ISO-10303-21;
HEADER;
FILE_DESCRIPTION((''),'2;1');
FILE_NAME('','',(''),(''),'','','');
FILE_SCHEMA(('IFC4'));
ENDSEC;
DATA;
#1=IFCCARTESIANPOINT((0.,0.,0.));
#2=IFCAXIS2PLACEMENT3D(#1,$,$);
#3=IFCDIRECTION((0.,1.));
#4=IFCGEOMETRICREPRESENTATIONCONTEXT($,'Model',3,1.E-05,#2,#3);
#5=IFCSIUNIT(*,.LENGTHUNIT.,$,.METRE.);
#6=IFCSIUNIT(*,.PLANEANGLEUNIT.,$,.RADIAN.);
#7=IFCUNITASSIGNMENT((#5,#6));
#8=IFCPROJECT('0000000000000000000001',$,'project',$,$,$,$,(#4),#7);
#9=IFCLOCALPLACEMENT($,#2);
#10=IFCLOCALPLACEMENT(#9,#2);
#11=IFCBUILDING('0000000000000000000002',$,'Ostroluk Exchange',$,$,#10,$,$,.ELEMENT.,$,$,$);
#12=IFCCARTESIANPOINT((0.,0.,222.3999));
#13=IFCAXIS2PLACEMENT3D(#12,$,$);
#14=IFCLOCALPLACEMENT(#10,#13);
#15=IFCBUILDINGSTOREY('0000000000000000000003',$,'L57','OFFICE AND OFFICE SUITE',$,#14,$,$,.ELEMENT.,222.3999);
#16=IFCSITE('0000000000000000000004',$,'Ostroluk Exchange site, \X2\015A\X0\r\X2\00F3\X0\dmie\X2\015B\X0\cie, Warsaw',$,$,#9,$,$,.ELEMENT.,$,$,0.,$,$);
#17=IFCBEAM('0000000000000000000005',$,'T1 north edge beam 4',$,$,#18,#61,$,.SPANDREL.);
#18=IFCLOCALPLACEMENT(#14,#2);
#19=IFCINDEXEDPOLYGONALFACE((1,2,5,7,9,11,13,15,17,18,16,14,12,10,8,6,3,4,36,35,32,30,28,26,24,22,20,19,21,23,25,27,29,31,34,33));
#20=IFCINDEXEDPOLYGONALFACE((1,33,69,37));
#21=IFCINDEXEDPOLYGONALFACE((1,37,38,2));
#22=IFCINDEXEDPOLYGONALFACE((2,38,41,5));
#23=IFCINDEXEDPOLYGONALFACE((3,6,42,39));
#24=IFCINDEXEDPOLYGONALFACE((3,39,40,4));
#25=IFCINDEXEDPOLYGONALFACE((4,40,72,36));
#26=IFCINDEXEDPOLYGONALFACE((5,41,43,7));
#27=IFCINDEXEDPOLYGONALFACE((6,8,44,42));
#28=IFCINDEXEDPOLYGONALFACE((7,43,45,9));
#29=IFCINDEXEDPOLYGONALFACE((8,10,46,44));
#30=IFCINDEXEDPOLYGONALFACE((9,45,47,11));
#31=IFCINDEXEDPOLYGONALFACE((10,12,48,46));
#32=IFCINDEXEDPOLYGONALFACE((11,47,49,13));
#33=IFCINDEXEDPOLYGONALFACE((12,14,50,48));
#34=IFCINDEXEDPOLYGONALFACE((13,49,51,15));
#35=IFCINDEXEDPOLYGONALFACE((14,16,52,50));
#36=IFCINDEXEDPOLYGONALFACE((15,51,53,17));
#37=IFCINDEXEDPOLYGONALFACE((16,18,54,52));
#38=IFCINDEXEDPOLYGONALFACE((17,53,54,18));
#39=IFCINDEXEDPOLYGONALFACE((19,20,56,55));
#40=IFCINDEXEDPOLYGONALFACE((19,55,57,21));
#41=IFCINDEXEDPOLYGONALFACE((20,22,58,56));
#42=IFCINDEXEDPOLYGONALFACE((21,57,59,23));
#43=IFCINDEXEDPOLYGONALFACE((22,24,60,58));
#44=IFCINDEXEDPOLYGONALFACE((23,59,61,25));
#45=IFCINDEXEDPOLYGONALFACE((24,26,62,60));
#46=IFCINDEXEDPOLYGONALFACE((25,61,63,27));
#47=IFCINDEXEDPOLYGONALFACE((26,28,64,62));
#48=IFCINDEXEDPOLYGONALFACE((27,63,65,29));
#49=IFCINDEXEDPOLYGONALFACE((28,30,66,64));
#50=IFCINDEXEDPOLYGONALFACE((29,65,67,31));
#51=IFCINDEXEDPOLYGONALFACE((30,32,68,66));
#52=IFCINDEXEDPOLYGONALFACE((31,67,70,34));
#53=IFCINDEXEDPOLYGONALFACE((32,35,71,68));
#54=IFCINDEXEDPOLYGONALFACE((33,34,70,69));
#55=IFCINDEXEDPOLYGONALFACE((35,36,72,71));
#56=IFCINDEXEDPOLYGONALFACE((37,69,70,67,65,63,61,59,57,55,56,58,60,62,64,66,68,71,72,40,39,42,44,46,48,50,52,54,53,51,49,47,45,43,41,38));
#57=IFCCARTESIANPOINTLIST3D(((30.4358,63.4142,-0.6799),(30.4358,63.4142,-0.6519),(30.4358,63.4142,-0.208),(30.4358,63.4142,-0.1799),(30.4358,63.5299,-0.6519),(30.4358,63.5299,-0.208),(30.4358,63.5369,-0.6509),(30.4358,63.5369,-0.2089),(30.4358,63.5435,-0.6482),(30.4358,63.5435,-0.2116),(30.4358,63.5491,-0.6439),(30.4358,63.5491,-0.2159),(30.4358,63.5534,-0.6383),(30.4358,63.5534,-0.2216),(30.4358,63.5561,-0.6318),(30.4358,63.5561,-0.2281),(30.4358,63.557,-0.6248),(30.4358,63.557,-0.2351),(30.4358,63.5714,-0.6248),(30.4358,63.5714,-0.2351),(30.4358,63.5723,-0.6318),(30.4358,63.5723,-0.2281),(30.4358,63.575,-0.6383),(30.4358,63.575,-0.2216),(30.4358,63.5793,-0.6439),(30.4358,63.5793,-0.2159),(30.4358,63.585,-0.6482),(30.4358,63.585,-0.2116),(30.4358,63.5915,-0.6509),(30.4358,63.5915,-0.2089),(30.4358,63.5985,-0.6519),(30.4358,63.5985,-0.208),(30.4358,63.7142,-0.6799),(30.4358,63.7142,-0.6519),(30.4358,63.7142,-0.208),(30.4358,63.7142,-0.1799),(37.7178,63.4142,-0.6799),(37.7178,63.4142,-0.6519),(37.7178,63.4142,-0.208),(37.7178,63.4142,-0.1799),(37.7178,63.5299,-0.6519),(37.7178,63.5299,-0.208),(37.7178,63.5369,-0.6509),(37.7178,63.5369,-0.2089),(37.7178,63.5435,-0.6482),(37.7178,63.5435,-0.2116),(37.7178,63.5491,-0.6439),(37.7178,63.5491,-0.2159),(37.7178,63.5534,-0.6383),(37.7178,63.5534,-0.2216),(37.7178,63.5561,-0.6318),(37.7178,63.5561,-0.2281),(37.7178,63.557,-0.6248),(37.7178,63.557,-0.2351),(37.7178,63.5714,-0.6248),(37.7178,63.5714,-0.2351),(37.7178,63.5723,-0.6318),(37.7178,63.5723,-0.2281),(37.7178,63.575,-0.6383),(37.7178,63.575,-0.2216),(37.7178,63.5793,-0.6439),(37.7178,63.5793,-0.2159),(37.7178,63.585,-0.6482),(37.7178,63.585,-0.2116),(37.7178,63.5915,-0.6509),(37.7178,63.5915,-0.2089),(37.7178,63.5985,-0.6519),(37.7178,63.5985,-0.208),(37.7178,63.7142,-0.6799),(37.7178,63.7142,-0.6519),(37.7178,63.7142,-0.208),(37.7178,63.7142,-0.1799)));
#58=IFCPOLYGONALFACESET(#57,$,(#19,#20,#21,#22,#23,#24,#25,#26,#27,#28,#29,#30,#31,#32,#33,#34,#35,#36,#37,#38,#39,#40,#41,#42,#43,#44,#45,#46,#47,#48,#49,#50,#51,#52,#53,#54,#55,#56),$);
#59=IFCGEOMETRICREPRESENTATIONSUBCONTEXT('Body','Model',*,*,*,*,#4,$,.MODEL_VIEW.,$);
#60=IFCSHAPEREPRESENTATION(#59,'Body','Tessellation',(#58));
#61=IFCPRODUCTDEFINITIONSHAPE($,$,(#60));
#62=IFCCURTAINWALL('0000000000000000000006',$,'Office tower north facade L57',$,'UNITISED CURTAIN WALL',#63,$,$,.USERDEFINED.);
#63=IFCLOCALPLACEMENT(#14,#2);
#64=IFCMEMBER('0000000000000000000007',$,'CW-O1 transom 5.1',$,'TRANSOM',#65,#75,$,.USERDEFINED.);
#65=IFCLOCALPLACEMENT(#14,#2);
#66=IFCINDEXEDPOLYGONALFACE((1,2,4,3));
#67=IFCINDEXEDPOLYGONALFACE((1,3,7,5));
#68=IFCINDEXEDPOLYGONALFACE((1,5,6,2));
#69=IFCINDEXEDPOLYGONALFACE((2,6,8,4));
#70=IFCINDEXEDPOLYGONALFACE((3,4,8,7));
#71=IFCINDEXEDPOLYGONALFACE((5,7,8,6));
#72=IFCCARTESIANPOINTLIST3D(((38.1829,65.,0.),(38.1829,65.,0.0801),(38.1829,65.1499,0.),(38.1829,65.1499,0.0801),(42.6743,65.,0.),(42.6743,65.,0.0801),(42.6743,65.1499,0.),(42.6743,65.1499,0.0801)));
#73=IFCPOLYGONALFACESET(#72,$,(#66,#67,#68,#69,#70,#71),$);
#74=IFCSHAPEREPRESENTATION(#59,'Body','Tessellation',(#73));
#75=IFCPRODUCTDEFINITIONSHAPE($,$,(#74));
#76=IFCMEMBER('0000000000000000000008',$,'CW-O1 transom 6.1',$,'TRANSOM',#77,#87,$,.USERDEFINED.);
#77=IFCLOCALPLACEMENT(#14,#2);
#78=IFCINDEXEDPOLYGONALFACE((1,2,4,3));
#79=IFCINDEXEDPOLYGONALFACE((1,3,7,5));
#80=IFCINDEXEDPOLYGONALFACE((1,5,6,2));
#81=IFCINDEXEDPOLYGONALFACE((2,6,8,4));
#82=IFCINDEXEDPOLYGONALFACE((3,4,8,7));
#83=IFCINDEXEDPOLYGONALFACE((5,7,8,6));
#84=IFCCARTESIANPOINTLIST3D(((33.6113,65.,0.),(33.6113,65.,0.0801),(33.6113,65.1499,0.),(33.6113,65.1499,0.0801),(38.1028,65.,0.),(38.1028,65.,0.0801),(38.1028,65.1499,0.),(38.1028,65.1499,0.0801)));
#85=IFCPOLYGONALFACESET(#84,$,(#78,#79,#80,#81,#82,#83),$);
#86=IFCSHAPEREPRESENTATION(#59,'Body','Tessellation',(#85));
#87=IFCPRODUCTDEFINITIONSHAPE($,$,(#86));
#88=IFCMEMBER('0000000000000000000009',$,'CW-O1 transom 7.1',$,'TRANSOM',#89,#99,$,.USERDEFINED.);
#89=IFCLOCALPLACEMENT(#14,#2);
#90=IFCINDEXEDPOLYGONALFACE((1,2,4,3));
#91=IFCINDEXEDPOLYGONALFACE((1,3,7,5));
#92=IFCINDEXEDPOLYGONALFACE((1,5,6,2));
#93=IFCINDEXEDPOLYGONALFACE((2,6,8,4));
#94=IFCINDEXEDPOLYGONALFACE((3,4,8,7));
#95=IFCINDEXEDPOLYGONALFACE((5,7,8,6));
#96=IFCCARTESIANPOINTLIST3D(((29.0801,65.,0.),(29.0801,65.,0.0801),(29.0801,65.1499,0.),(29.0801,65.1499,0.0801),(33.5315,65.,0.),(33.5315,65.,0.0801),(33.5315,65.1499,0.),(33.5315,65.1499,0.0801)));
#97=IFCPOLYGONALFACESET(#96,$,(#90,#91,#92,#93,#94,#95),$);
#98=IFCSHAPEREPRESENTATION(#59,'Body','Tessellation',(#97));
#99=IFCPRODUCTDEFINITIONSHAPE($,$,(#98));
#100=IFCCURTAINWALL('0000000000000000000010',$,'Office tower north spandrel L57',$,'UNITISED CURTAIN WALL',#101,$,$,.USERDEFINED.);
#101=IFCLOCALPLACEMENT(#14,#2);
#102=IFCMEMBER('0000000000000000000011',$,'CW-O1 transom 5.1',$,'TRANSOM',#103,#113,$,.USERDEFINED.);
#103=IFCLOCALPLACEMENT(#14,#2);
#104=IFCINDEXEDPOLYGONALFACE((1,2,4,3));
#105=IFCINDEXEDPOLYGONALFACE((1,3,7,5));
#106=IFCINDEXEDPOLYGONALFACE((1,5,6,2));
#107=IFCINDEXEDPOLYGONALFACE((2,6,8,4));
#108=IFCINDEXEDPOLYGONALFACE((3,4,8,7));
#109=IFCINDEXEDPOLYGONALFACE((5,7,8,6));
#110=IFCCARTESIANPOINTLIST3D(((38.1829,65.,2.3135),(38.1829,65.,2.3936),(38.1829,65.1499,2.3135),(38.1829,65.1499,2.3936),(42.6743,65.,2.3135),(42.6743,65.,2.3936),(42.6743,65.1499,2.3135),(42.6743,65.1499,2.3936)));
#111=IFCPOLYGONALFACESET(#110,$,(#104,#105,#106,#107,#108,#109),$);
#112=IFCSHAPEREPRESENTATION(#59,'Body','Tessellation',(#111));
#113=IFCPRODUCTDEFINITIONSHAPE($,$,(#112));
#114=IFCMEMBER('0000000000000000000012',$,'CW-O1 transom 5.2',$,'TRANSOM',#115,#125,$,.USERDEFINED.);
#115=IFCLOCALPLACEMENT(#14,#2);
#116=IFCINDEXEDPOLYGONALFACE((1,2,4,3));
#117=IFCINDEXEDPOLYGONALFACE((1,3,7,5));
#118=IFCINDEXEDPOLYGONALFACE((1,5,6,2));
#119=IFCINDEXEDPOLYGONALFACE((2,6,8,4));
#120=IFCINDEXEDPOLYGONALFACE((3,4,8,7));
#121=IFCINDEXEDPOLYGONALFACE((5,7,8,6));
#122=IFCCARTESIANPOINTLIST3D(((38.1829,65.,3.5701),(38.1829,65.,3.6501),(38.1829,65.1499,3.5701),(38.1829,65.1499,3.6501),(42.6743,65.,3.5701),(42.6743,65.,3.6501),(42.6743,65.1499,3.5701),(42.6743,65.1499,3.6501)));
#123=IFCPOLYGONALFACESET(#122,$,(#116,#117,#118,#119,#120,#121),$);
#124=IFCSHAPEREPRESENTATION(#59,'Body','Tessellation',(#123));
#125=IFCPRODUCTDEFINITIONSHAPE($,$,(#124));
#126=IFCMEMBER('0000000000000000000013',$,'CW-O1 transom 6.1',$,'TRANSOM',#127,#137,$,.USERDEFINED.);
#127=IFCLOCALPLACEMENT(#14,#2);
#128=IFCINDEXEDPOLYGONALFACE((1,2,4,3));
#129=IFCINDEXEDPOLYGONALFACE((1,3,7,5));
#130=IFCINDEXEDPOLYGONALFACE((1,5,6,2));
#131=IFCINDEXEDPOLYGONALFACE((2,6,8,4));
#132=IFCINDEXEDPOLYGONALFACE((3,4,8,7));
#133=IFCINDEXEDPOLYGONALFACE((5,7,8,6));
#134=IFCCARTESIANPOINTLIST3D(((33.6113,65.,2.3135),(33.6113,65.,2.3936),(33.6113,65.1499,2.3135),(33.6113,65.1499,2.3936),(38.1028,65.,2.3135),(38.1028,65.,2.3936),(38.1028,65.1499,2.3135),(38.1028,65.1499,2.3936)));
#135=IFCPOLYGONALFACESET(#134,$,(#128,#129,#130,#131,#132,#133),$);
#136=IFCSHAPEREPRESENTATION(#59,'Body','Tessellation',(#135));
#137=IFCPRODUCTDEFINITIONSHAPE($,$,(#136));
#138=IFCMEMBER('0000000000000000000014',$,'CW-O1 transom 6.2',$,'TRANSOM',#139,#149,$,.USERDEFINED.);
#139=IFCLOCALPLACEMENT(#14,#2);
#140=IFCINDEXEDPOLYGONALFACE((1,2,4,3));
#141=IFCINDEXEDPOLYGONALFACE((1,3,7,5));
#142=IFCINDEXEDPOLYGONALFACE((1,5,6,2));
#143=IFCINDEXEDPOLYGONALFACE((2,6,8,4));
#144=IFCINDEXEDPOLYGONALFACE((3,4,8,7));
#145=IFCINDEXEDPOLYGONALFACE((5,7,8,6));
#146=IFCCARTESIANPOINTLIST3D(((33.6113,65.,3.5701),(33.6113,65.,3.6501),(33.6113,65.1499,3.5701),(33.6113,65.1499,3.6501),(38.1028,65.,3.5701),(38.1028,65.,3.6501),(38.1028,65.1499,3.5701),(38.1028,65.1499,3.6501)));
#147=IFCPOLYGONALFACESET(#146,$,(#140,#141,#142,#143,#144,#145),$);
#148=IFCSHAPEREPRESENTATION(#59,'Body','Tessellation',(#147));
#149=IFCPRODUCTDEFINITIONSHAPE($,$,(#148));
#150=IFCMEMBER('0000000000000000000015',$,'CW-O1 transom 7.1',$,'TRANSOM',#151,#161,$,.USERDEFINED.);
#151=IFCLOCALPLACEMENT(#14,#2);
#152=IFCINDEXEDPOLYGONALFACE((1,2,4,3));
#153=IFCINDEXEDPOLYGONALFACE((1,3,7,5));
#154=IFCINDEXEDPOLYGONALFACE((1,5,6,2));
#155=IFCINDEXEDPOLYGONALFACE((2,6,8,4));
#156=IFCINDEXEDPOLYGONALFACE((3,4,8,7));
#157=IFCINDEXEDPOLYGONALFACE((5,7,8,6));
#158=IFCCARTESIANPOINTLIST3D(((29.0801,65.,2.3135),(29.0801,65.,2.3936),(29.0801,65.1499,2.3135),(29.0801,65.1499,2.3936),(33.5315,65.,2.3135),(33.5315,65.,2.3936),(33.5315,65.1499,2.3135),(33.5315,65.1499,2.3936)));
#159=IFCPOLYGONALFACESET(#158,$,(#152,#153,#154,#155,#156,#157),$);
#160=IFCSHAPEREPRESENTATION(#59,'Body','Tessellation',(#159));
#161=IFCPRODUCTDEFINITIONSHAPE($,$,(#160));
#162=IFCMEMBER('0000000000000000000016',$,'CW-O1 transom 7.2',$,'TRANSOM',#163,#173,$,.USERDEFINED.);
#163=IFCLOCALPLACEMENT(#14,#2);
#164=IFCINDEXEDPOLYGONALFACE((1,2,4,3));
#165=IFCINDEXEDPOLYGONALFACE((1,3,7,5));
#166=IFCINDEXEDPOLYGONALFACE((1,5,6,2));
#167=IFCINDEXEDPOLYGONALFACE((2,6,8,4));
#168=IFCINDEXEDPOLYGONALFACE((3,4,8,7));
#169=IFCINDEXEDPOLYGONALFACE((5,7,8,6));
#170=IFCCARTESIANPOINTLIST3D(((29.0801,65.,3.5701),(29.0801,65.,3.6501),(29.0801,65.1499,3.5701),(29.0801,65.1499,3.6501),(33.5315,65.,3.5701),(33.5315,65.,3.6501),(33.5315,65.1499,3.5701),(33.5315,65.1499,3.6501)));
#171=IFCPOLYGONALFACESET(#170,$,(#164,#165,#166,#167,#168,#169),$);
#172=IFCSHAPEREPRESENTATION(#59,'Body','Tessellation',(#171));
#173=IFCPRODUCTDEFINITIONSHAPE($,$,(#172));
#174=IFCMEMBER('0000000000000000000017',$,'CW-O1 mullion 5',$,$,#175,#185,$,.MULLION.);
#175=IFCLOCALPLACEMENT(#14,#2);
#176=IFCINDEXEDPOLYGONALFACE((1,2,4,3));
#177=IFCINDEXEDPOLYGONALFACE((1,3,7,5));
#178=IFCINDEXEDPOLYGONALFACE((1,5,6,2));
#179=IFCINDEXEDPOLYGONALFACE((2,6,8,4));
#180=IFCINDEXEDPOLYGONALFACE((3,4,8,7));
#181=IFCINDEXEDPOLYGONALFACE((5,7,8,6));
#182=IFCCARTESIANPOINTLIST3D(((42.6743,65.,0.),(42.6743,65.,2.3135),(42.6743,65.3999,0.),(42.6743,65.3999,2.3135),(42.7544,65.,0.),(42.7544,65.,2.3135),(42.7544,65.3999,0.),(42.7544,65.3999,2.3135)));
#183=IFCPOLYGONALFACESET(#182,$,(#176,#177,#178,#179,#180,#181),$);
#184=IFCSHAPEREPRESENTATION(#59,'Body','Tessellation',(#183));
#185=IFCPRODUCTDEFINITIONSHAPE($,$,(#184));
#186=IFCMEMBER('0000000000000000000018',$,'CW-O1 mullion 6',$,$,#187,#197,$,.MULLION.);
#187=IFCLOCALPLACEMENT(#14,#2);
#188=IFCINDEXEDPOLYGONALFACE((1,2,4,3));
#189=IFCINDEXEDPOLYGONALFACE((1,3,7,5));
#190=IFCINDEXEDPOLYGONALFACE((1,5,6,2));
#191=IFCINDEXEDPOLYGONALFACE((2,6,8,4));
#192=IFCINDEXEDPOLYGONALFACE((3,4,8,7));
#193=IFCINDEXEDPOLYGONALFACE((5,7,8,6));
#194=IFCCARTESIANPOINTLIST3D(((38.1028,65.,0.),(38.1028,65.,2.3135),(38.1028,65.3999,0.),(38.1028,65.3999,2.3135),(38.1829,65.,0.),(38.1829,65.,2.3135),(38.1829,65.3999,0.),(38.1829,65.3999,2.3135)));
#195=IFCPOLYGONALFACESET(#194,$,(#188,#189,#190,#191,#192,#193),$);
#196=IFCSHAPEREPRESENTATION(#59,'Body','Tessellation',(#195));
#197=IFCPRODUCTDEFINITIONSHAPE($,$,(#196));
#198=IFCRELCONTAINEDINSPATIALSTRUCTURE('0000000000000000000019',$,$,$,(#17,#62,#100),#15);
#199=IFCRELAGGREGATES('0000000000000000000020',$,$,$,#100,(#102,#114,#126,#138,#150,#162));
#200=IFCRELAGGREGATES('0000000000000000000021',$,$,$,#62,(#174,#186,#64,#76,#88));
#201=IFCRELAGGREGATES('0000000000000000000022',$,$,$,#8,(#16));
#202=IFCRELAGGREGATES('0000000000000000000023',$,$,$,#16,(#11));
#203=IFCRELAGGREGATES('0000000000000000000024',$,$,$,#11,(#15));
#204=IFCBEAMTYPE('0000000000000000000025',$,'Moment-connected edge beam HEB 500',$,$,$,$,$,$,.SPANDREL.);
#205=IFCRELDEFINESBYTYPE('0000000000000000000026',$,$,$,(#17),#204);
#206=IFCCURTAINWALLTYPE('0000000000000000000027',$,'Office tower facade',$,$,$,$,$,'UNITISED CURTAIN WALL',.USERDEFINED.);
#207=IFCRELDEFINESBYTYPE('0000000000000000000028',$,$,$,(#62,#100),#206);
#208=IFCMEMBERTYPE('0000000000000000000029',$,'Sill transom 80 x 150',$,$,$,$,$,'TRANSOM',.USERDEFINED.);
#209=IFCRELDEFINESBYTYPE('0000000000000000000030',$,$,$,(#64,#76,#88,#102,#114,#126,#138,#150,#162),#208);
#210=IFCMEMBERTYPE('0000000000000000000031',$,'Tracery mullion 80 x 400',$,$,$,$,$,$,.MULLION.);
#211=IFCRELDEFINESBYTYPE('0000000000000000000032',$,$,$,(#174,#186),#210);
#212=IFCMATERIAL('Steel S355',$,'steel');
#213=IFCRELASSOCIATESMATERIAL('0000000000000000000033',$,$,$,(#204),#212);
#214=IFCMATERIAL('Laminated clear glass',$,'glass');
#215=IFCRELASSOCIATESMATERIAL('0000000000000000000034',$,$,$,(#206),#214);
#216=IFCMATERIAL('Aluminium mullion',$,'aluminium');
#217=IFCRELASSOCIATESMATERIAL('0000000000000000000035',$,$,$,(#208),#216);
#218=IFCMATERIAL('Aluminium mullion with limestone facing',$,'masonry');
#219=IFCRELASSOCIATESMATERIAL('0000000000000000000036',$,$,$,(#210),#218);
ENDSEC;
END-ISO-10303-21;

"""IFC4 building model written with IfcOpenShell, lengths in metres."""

from ifc_helpers import new_model, si_unit, direction, frame, origin, origin_2d, place, context, subcontext, project, spatial, rectangle, i_section, extrude, material, material_profile, profile_set, type_object, element, aggregate, save


model = new_model("IFC4")

# Units and contexts
model_context = context("Model", 3, precision=1e-05, world=origin(), true_north=direction((0.0, 1.0)))
body_context = subcontext(model_context, "Body", "Model", "MODEL_VIEW")
ifc_project = project(units=[si_unit("LENGTHUNIT", "METRE"), si_unit("PLANEANGLEUNIT", "RADIAN")], contexts=[model_context])

# Site, building, storey
site_placement = place(None, origin())
site = spatial("IfcSite", under=ifc_project, at=site_placement, Name="Ostroluk Exchange site, Śródmieście, Warsaw", CompositionType="ELEMENT", RefElevation=0.0)
building_placement = place(site_placement, origin())
building = spatial("IfcBuilding", under=site, at=building_placement, Name="Ostroluk Exchange", CompositionType="ELEMENT")
storey_placement = place(building_placement, frame((0.0, 0.0, 222.3999)))
storey = spatial("IfcBuildingStorey", under=building, at=storey_placement, Name="L57", Description="OFFICE AND OFFICE SUITE", CompositionType="ELEMENT", Elevation=222.3999)

# Beam
ifc_material_1 = material(Name="Steel S355", Category="steel")
ifc_material_profile_1 = material_profile(ifc_material_1, i_section(OverallWidth=0.3, OverallDepth=0.5, WebThickness=0.0144, FlangeThickness=0.0281, FilletRadius=0.0271, at=origin_2d()), Name="HEB 500")
ifc_profile_set_1 = profile_set([ifc_material_profile_1], Name="Steel S355")
beam_type = type_object("IfcBeamType", Name="Moment-connected edge beam HEB 500", PredefinedType="SPANDREL", material=ifc_profile_set_1)
beam_1_placement = place(storey_placement, frame((37.7178, 63.5642, -0.4299), z_axis=(-1.0, 0.0, 0.0), x_axis=(0.0, -1.0, 0.0)))
element("IfcBeam", 1, at=beam_1_placement, inside=storey, type_object=beam_type, Name="T1 north edge beam 4", PredefinedType="SPANDREL", context=body_context, shape_type="SweptSolid", body=[
    extrude(i_section(OverallWidth=0.3, OverallDepth=0.5, WebThickness=0.0144, FlangeThickness=0.0281, FilletRadius=0.0271, at=origin_2d()), origin(), (0.0, 0.0, 1.0), 7.282),
])

# Curtain walls, members
ifc_material_2 = material(Name="Laminated clear glass", Category="glass")
curtain_wall_type = type_object("IfcCurtainWallType", Name="Office tower facade", ElementType="UNITISED CURTAIN WALL", PredefinedType="USERDEFINED", material=ifc_material_2)
curtain_wall_1_placement = place(storey_placement, origin())
curtain_wall_1 = element("IfcCurtainWall", 2, at=curtain_wall_1_placement, inside=storey, type_object=curtain_wall_type, Name="Office tower north facade L57", ObjectType="UNITISED CURTAIN WALL", PredefinedType="USERDEFINED")
ifc_material_3 = material(Name="Aluminium mullion", Category="aluminium")
ifc_material_profile_2 = material_profile(ifc_material_3, rectangle(XDim=0.1499, YDim=0.0801, at=origin_2d()), Name="Sill transom 80 x 150")
ifc_profile_set_2 = profile_set([ifc_material_profile_2], Name="Aluminium mullion")
member_type_1 = type_object("IfcMemberType", Name="Sill transom 80 x 150", ElementType="TRANSOM", PredefinedType="USERDEFINED", material=ifc_profile_set_2)
member_1_placement = place(storey_placement, frame((42.6743, 65.075, 0.04), z_axis=(-1.0, 0.0, 0.0), x_axis=(0.0, -1.0, 0.0)))
member_1 = element("IfcMember", 3, at=member_1_placement, type_object=member_type_1, Name="CW-O1 transom 5.1", ObjectType="TRANSOM", PredefinedType="USERDEFINED", context=body_context, shape_type="SweptSolid", body=[
    extrude(rectangle(XDim=0.1499, YDim=0.0801, at=origin_2d()), origin(), (0.0, 0.0, 1.0), 4.4915),
])
member_2_placement = place(storey_placement, frame((38.1028, 65.075, 0.04), z_axis=(-1.0, 0.0, 0.0), x_axis=(0.0, -1.0, 0.0)))
member_2 = element("IfcMember", 4, at=member_2_placement, type_object=member_type_1, Name="CW-O1 transom 6.1", ObjectType="TRANSOM", PredefinedType="USERDEFINED", context=body_context, shape_type="SweptSolid", body=[
    extrude(rectangle(XDim=0.1499, YDim=0.0801, at=origin_2d()), origin(), (0.0, 0.0, 1.0), 4.4915),
])
member_3_placement = place(storey_placement, frame((33.5315, 65.075, 0.04), z_axis=(-1.0, 0.0, 0.0), x_axis=(0.0, -1.0, 0.0)))
member_3 = element("IfcMember", 5, at=member_3_placement, type_object=member_type_1, Name="CW-O1 transom 7.1", ObjectType="TRANSOM", PredefinedType="USERDEFINED", context=body_context, shape_type="SweptSolid", body=[
    extrude(rectangle(XDim=0.1499, YDim=0.0801, at=origin_2d()), origin(), (0.0, 0.0, 1.0), 4.4514),
])
curtain_wall_2_placement = place(storey_placement, origin())
curtain_wall_2 = element("IfcCurtainWall", 6, at=curtain_wall_2_placement, inside=storey, type_object=curtain_wall_type, Name="Office tower north spandrel L57", ObjectType="UNITISED CURTAIN WALL", PredefinedType="USERDEFINED")
member_4_placement = place(storey_placement, frame((42.6743, 65.075, 2.3535), z_axis=(-1.0, 0.0, 0.0), x_axis=(0.0, -1.0, 0.0)))
member_4 = element("IfcMember", 7, at=member_4_placement, type_object=member_type_1, Name="CW-O1 transom 5.1", ObjectType="TRANSOM", PredefinedType="USERDEFINED", context=body_context, shape_type="SweptSolid", body=[
    extrude(rectangle(XDim=0.1499, YDim=0.0801, at=origin_2d()), origin(), (0.0, 0.0, 1.0), 4.4915),
])
member_5_placement = place(storey_placement, frame((42.6743, 65.075, 3.6101), z_axis=(-1.0, 0.0, 0.0), x_axis=(0.0, -1.0, 0.0)))
member_5 = element("IfcMember", 8, at=member_5_placement, type_object=member_type_1, Name="CW-O1 transom 5.2", ObjectType="TRANSOM", PredefinedType="USERDEFINED", context=body_context, shape_type="SweptSolid", body=[
    extrude(rectangle(XDim=0.1499, YDim=0.0801, at=origin_2d()), origin(), (0.0, 0.0, 1.0), 4.4915),
])
member_6_placement = place(storey_placement, frame((38.1028, 65.075, 2.3535), z_axis=(-1.0, 0.0, 0.0), x_axis=(0.0, -1.0, 0.0)))
member_6 = element("IfcMember", 9, at=member_6_placement, type_object=member_type_1, Name="CW-O1 transom 6.1", ObjectType="TRANSOM", PredefinedType="USERDEFINED", context=body_context, shape_type="SweptSolid", body=[
    extrude(rectangle(XDim=0.1499, YDim=0.0801, at=origin_2d()), origin(), (0.0, 0.0, 1.0), 4.4915),
])
member_7_placement = place(storey_placement, frame((38.1028, 65.075, 3.6101), z_axis=(-1.0, 0.0, 0.0), x_axis=(0.0, -1.0, 0.0)))
member_7 = element("IfcMember", 10, at=member_7_placement, type_object=member_type_1, Name="CW-O1 transom 6.2", ObjectType="TRANSOM", PredefinedType="USERDEFINED", context=body_context, shape_type="SweptSolid", body=[
    extrude(rectangle(XDim=0.1499, YDim=0.0801, at=origin_2d()), origin(), (0.0, 0.0, 1.0), 4.4915),
])
member_8_placement = place(storey_placement, frame((33.5315, 65.075, 2.3535), z_axis=(-1.0, 0.0, 0.0), x_axis=(0.0, -1.0, 0.0)))
member_8 = element("IfcMember", 11, at=member_8_placement, type_object=member_type_1, Name="CW-O1 transom 7.1", ObjectType="TRANSOM", PredefinedType="USERDEFINED", context=body_context, shape_type="SweptSolid", body=[
    extrude(rectangle(XDim=0.1499, YDim=0.0801, at=origin_2d()), origin(), (0.0, 0.0, 1.0), 4.4514),
])
member_9_placement = place(storey_placement, frame((33.5315, 65.075, 3.6101), z_axis=(-1.0, 0.0, 0.0), x_axis=(0.0, -1.0, 0.0)))
member_9 = element("IfcMember", 12, at=member_9_placement, type_object=member_type_1, Name="CW-O1 transom 7.2", ObjectType="TRANSOM", PredefinedType="USERDEFINED", context=body_context, shape_type="SweptSolid", body=[
    extrude(rectangle(XDim=0.1499, YDim=0.0801, at=origin_2d()), origin(), (0.0, 0.0, 1.0), 4.4514),
])

# Members
ifc_material_4 = material(Name="Aluminium mullion with limestone facing", Category="masonry")
ifc_material_profile_3 = material_profile(ifc_material_4, rectangle(XDim=0.3999, YDim=0.0801, at=origin_2d()), Name="Tracery mullion 80 x 400")
ifc_profile_set_3 = profile_set([ifc_material_profile_3], Name="Aluminium mullion with limestone facing")
member_type_2 = type_object("IfcMemberType", Name="Tracery mullion 80 x 400", PredefinedType="MULLION", material=ifc_profile_set_3)
member_10_placement = place(storey_placement, frame((42.7144, 65.2, 0.0), z_axis=(0.0, 0.0, 1.0), x_axis=(0.0, -1.0, 0.0)))
member_10 = element("IfcMember", 13, at=member_10_placement, type_object=member_type_2, Name="CW-O1 mullion 5", PredefinedType="MULLION", context=body_context, shape_type="SweptSolid", body=[
    extrude(rectangle(XDim=0.3999, YDim=0.0801, at=origin_2d()), origin(), (0.0, 0.0, 1.0), 2.3135),
])
member_11_placement = place(storey_placement, frame((38.1428, 65.2, 0.0), z_axis=(0.0, 0.0, 1.0), x_axis=(0.0, -1.0, 0.0)))
member_11 = element("IfcMember", 14, at=member_11_placement, type_object=member_type_2, Name="CW-O1 mullion 6", PredefinedType="MULLION", context=body_context, shape_type="SweptSolid", body=[
    extrude(rectangle(XDim=0.3999, YDim=0.0801, at=origin_2d()), origin(), (0.0, 0.0, 1.0), 2.3135),
])

aggregate(curtain_wall_2, [member_4, member_5, member_6, member_7, member_8, member_9])
aggregate(curtain_wall_1, [member_10, member_11, member_1, member_2, member_3])

save(model, "model.ifc")
